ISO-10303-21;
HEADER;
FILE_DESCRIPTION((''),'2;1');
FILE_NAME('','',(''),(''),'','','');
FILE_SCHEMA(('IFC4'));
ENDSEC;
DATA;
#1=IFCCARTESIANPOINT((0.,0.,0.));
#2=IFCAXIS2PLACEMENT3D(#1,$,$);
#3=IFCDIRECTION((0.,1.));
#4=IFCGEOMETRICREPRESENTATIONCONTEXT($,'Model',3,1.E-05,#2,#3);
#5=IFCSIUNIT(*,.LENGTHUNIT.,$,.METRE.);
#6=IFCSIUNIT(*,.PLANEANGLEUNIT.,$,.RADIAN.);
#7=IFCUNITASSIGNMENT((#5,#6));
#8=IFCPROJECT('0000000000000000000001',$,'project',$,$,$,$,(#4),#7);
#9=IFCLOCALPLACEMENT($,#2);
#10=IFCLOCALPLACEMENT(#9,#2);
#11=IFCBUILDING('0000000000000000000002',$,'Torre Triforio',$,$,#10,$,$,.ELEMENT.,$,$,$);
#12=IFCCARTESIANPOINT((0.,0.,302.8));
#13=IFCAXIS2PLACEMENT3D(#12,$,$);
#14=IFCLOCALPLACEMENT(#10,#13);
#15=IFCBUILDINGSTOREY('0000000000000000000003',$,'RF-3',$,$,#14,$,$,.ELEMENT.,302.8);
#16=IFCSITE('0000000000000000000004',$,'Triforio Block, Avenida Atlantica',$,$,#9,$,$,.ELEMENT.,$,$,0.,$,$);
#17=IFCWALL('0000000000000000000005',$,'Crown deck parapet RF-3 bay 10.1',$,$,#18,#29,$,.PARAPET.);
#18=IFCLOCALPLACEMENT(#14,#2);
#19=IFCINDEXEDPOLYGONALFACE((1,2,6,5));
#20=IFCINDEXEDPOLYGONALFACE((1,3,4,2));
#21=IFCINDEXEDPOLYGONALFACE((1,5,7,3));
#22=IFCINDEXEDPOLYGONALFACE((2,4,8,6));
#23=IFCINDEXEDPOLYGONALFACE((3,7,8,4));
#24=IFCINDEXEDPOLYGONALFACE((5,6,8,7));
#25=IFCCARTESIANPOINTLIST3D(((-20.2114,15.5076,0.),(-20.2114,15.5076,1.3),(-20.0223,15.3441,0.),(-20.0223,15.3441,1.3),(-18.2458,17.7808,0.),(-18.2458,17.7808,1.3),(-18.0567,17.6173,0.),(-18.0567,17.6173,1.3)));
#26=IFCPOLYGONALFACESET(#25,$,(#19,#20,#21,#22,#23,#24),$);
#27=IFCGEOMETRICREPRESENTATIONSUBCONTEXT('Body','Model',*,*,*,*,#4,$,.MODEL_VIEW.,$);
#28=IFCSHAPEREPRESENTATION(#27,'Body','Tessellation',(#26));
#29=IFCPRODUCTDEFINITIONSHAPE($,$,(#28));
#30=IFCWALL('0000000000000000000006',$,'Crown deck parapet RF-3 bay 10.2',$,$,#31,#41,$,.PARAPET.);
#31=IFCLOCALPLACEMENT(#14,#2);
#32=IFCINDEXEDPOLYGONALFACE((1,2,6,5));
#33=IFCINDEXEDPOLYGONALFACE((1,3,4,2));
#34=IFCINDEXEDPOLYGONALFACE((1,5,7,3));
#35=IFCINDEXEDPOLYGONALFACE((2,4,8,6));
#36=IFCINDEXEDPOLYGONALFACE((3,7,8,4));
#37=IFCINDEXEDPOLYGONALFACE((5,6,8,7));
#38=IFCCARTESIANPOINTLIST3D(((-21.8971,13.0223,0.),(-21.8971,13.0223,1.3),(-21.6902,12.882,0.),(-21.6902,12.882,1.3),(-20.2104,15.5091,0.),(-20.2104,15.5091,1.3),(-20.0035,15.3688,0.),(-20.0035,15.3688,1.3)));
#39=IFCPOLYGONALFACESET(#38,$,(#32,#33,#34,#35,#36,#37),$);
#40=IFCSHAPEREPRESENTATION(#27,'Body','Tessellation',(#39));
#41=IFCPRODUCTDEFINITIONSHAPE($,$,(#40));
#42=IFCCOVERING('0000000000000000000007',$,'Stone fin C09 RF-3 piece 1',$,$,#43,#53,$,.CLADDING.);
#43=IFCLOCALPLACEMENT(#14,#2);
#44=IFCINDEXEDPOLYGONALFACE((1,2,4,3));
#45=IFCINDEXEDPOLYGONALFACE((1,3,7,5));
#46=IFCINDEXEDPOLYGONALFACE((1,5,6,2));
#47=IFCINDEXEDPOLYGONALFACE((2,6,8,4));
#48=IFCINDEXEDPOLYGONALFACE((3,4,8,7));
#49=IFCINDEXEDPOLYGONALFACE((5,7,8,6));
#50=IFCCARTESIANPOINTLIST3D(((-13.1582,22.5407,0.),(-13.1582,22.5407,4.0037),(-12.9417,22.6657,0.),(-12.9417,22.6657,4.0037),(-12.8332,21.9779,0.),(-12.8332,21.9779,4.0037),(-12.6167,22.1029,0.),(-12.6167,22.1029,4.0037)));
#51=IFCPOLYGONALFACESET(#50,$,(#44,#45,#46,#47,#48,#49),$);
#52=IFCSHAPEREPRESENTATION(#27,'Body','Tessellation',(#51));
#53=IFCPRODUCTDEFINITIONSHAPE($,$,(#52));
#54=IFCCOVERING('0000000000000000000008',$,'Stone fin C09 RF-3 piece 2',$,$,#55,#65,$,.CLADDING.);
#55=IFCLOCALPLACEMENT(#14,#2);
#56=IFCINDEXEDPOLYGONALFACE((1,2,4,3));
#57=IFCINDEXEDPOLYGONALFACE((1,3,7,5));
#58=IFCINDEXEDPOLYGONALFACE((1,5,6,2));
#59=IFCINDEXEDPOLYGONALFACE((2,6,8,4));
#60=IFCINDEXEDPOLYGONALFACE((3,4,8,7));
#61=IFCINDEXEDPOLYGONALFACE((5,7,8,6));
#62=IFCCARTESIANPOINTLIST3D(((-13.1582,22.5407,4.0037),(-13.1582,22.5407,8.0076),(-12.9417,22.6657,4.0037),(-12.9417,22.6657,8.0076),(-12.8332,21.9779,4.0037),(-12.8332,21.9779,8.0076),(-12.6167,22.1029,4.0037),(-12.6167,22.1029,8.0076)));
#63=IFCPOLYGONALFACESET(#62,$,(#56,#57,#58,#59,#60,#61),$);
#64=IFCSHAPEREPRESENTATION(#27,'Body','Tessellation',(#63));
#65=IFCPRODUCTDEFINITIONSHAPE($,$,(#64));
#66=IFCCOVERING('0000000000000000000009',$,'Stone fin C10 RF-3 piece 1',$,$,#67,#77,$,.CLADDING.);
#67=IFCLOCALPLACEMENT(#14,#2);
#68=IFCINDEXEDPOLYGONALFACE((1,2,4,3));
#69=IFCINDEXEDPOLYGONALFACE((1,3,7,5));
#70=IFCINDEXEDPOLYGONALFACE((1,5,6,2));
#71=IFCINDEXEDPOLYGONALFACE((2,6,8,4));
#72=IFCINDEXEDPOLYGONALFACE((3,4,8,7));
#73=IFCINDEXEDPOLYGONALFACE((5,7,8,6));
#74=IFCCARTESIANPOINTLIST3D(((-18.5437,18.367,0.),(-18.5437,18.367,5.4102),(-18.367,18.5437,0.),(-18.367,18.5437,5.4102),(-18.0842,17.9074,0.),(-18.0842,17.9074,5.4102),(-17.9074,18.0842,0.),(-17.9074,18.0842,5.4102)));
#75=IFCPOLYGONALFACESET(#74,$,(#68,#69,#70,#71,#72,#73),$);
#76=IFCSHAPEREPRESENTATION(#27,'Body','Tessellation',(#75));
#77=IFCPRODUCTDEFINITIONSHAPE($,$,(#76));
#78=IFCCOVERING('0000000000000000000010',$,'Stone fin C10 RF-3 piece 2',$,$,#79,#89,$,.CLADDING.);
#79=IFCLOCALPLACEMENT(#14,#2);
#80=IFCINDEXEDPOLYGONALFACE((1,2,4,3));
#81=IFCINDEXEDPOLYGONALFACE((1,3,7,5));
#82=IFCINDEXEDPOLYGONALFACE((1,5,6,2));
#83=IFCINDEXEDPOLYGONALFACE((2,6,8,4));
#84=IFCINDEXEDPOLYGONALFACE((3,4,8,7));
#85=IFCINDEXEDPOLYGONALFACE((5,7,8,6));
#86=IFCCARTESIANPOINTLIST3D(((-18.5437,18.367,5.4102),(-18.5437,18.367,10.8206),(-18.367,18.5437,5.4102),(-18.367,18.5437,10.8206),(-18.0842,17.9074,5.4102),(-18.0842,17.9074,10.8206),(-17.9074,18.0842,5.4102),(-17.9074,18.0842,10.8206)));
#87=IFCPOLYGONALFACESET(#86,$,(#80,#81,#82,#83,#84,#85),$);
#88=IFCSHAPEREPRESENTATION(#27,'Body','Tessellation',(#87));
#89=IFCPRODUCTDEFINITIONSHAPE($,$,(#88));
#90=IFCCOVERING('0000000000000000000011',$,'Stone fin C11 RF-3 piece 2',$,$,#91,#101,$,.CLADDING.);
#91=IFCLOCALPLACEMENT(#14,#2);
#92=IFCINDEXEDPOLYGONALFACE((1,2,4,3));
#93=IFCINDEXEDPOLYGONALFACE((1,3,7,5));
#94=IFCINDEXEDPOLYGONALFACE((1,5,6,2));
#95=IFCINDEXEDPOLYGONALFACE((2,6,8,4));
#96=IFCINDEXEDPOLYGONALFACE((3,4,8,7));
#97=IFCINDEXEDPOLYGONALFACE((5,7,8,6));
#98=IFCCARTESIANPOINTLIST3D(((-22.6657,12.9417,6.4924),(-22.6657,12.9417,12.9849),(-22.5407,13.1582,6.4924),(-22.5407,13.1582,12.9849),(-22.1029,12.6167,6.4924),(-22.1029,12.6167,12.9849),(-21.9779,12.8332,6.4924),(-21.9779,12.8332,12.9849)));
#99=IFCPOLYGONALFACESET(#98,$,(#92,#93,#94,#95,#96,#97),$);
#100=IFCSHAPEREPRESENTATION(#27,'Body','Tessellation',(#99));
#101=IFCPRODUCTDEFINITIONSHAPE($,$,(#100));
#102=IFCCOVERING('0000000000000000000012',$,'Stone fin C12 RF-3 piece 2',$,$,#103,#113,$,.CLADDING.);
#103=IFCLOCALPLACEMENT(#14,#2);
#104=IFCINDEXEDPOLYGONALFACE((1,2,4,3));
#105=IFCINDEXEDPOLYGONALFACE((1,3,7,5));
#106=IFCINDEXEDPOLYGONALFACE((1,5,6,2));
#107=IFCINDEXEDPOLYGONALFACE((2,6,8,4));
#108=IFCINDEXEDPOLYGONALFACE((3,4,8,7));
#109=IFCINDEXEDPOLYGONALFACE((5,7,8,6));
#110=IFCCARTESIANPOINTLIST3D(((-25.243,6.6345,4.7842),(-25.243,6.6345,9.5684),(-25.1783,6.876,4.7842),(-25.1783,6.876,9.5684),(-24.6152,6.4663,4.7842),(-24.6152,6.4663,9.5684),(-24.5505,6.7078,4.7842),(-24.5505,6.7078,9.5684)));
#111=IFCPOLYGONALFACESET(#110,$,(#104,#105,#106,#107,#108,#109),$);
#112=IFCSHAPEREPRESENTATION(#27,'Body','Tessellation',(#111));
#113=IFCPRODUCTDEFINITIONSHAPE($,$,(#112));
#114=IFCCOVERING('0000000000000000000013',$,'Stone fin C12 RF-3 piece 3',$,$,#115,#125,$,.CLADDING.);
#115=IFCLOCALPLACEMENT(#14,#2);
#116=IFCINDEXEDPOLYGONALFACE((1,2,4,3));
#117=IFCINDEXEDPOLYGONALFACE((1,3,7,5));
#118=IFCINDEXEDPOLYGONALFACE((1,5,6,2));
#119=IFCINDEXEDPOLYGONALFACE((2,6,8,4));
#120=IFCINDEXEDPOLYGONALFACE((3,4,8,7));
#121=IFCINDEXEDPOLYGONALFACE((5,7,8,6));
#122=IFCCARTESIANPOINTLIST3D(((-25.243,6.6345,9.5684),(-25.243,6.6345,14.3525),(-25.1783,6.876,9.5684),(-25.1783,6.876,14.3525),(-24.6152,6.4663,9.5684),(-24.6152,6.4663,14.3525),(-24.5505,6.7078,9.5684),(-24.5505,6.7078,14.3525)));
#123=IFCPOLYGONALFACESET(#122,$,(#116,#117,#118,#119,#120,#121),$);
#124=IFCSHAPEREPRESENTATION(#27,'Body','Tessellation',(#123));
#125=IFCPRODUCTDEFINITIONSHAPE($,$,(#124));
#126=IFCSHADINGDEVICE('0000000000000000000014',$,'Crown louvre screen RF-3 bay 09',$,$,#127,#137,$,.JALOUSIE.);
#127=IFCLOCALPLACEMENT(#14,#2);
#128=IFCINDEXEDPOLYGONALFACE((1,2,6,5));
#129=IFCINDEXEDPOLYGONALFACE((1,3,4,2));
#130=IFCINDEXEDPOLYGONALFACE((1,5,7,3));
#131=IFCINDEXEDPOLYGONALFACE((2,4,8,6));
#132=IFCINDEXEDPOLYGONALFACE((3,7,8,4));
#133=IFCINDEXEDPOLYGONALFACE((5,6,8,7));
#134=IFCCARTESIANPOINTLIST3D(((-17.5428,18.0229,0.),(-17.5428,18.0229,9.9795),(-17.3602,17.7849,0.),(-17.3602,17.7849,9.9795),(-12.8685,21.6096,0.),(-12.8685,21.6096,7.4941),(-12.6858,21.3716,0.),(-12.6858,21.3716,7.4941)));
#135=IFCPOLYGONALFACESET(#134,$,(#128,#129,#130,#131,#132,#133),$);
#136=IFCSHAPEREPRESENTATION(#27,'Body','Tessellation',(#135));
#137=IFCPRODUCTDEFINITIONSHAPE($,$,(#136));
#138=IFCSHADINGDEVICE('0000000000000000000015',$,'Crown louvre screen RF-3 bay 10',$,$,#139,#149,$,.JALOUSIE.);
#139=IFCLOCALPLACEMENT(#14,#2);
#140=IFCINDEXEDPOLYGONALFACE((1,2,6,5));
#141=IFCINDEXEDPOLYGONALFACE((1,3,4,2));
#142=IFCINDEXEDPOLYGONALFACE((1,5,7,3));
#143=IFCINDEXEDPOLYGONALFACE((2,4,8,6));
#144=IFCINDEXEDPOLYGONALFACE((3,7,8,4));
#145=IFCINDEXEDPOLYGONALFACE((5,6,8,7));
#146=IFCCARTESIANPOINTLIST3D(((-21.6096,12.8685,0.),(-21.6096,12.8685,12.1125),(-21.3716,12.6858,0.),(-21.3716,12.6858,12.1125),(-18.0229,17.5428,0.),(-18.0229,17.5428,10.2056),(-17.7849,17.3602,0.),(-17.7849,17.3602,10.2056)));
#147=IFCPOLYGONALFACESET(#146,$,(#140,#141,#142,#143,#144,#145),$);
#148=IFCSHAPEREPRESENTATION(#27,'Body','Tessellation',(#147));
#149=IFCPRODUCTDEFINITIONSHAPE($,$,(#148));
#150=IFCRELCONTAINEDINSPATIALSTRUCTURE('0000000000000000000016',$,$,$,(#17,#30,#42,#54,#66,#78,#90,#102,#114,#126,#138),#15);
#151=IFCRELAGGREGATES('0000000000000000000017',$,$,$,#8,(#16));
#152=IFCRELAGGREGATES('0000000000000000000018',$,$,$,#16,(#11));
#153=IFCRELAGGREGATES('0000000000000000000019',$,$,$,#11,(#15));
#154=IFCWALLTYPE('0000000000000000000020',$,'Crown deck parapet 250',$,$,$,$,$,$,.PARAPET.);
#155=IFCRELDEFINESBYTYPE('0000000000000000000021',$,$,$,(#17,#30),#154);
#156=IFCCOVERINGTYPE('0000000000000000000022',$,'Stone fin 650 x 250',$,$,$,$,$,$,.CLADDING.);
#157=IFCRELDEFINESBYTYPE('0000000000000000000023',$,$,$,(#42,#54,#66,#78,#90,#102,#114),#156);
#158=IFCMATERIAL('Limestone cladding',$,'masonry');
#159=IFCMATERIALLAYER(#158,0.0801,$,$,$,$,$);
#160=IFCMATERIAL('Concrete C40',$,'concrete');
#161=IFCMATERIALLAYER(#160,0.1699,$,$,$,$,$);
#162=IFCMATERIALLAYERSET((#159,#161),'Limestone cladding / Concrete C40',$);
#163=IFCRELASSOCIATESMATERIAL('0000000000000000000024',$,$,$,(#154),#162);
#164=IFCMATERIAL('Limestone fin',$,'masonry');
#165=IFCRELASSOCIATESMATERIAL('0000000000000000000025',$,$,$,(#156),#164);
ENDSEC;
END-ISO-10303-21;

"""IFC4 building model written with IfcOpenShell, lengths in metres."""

from ifc_helpers import new_model, si_unit, direction, frame, frame_2d, origin, origin_2d, place, context, subcontext, project, spatial, polyline, rectangle, outline, extrude, material, layer, layer_set, material_profile, profile_set, type_object, element, save


model = new_model("IFC4")

# Units and contexts
model_context = context("Model", 3, precision=1e-05, world=origin(), true_north=direction((0.0, 1.0)))
body_context = subcontext(model_context, "Body", "Model", "MODEL_VIEW")
ifc_project = project(units=[si_unit("LENGTHUNIT", "METRE"), si_unit("PLANEANGLEUNIT", "RADIAN")], contexts=[model_context])

# Site, building, storey
site_placement = place(None, origin())
site = spatial("IfcSite", under=ifc_project, at=site_placement, Name="Triforio Block, Avenida Atlantica", CompositionType="ELEMENT", RefElevation=0.0)
building_placement = place(site_placement, origin())
building = spatial("IfcBuilding", under=site, at=building_placement, Name="Torre Triforio", CompositionType="ELEMENT")
storey_placement = place(building_placement, frame((0.0, 0.0, 302.8)))
storey = spatial("IfcBuildingStorey", under=building, at=storey_placement, Name="RF-3", CompositionType="ELEMENT", Elevation=302.8)

# Shared definitions
ifc_material_1 = material(Name="Concrete C40", Category="concrete")

# Walls
ifc_material_2 = material(Name="Limestone cladding", Category="masonry")
ifc_layer_1 = layer(ifc_material_2, 0.0801)
ifc_layer_2 = layer(ifc_material_1, 0.1699)
ifc_layer_set_1 = layer_set([ifc_layer_1, ifc_layer_2], Name="Limestone cladding / Concrete C40")
wall_type = type_object("IfcWallType", Name="Crown deck parapet 250", PredefinedType="PARAPET", material=ifc_layer_set_1)
for number, where, z_axis, x_axis, name in (
    (1, (-18.1514, 17.699, 0.0), (0.0, 0.0, 1.0), (-0.65407, -0.756434, 0.0), "Crown deck parapet RF-3 bay 10.1"),
):
    element("IfcWall", number, at=place(storey_placement, frame(where, z_axis=z_axis, x_axis=x_axis)), inside=storey, type_object=wall_type, Name=name, PredefinedType="PARAPET", context=body_context, shape_type="SweptSolid", body=[
        extrude(rectangle(XDim=3.0051, YDim=0.25, at=frame_2d((1.5024, 0.0))), origin(), (0.0, 0.0, 1.0), 1.3),
    ])
wall_1_placement = place(storey_placement, frame((-20.1069, 15.439, 0.0), z_axis=(0.0, 0.0, 1.0), x_axis=(-0.561338, -0.827586, 0.0)))
element("IfcWall", 2, at=wall_1_placement, inside=storey, type_object=wall_type, Name="Crown deck parapet RF-3 bay 10.2", PredefinedType="PARAPET", context=body_context, shape_type="SweptSolid", body=[
    extrude(rectangle(XDim=3.0049, YDim=0.25, at=frame_2d((1.5024, 0.0))), origin(), (0.0, 0.0, 1.0), 1.3),
])

# Coverings
ifc_material_3 = material(Name="Limestone fin", Category="masonry")
ifc_material_profile_1 = material_profile(ifc_material_3, rectangle(XDim=0.6499, YDim=0.25, at=origin_2d()), Name="FIN 650x250")
ifc_profile_set_1 = profile_set([ifc_material_profile_1], Name="Limestone fin")
covering_type = type_object("IfcCoveringType", Name="Stone fin 650 x 250", PredefinedType="CLADDING", material=ifc_profile_set_1)
covering_1_placement = place(storey_placement, frame((-12.8875, 22.3218, 0.0), z_axis=(0.0, 0.0, 1.0), x_axis=(-0.5, 0.866025, 0.0)))
element("IfcCovering", 3, at=covering_1_placement, inside=storey, type_object=covering_type, Name="Stone fin C09 RF-3 piece 1", PredefinedType="CLADDING", context=body_context, shape_type="SweptSolid", body=[
    extrude(rectangle(XDim=0.6499, YDim=0.25, at=origin_2d()), origin(), (0.0, 0.0, 1.0), 4.0037),
])
covering_2_placement = place(storey_placement, frame((-12.8875, 22.3218, 4.0037), z_axis=(0.0, 0.0, 1.0), x_axis=(-0.5, 0.866025, 0.0)))
element("IfcCovering", 4, at=covering_2_placement, inside=storey, type_object=covering_type, Name="Stone fin C09 RF-3 piece 2", PredefinedType="CLADDING", context=body_context, shape_type="SweptSolid", body=[
    extrude(rectangle(XDim=0.6499, YDim=0.25, at=origin_2d()), origin(), (0.0, 0.0, 1.0), 4.0039),
])
covering_3_placement = place(storey_placement, frame((-18.2256, 18.2256, 0.0), z_axis=(0.0, 0.0, 1.0), x_axis=(-0.707107, 0.707107, 0.0)))
element("IfcCovering", 5, at=covering_3_placement, inside=storey, type_object=covering_type, Name="Stone fin C10 RF-3 piece 1", PredefinedType="CLADDING", context=body_context, shape_type="SweptSolid", body=[
    extrude(rectangle(XDim=0.6499, YDim=0.25, at=origin_2d()), origin(), (0.0, 0.0, 1.0), 5.4102),
])
covering_4_placement = place(storey_placement, frame((-18.2256, 18.2256, 5.4102), z_axis=(0.0, 0.0, 1.0), x_axis=(-0.707107, 0.707107, 0.0)))
element("IfcCovering", 6, at=covering_4_placement, inside=storey, type_object=covering_type, Name="Stone fin C10 RF-3 piece 2", PredefinedType="CLADDING", context=body_context, shape_type="SweptSolid", body=[
    extrude(rectangle(XDim=0.6499, YDim=0.25, at=origin_2d()), origin(), (0.0, 0.0, 1.0), 5.4104),
])
covering_5_placement = place(storey_placement, frame((-22.3218, 12.8875, 6.4924), z_axis=(0.0, 0.0, 1.0), x_axis=(-0.866025, 0.5, 0.0)))
element("IfcCovering", 7, at=covering_5_placement, inside=storey, type_object=covering_type, Name="Stone fin C11 RF-3 piece 2", PredefinedType="CLADDING", context=body_context, shape_type="SweptSolid", body=[
    extrude(rectangle(XDim=0.6499, YDim=0.25, at=origin_2d()), origin(), (0.0, 0.0, 1.0), 6.4924),
])
for number, where, z_axis, x_axis, name in (
    (8, (-24.8967, 6.6711, 4.7842), (0.0, 0.0, 1.0), (-0.965926, 0.258819, 0.0), "Stone fin C12 RF-3 piece 2"),
    (9, (-24.8967, 6.6711, 9.5684), (0.0, 0.0, 1.0), (-0.965926, 0.258819, 0.0), "Stone fin C12 RF-3 piece 3"),
):
    element("IfcCovering", number, at=place(storey_placement, frame(where, z_axis=z_axis, x_axis=x_axis)), inside=storey, type_object=covering_type, Name=name, PredefinedType="CLADDING", context=body_context, shape_type="SweptSolid", body=[
        extrude(rectangle(XDim=0.6499, YDim=0.25, at=origin_2d()), origin(), (0.0, 0.0, 1.0), 4.7842),
    ])

# Shading devices
shading_device_1_placement = place(storey_placement, frame((-12.7771, 21.4905, 0.0), z_axis=(0.0, 0.0, 1.0), x_axis=(-0.793358, -0.608755, 0.0)))
element("IfcShadingDevice", 10, at=shading_device_1_placement, inside=storey, Name="Crown louvre screen RF-3 bay 09", PredefinedType="JALOUSIE", context=body_context, shape_type="SweptSolid", body=[
    extrude(outline(polyline([(0.0, 0.0), (5.8918, 0.0), (5.8918, 9.9795), (0.0, 7.4941), (0.0, 0.0)])), frame((0.0, 0.1499, 0.0), z_axis=(0.0, -1.0, 0.0), x_axis=(1.0, 0.0, 0.0)), (0.0, 0.0, 1.0), 0.3),
])
shading_device_2_placement = place(storey_placement, frame((-17.9038, 17.4514, 0.0), z_axis=(0.0, 0.0, 1.0), x_axis=(-0.608755, -0.793358, 0.0)))
element("IfcShadingDevice", 11, at=shading_device_2_placement, inside=storey, Name="Crown louvre screen RF-3 bay 10", PredefinedType="JALOUSIE", context=body_context, shape_type="SweptSolid", body=[
    extrude(outline(polyline([(0.0, 0.0), (5.8918, 0.0), (5.8918, 12.1125), (0.0, 10.2056), (0.0, 0.0)])), frame((0.0, 0.1499, 0.0), z_axis=(0.0, -1.0, 0.0), x_axis=(1.0, 0.0, 0.0)), (0.0, 0.0, 1.0), 0.3),
])

save(model, "model.ifc")
